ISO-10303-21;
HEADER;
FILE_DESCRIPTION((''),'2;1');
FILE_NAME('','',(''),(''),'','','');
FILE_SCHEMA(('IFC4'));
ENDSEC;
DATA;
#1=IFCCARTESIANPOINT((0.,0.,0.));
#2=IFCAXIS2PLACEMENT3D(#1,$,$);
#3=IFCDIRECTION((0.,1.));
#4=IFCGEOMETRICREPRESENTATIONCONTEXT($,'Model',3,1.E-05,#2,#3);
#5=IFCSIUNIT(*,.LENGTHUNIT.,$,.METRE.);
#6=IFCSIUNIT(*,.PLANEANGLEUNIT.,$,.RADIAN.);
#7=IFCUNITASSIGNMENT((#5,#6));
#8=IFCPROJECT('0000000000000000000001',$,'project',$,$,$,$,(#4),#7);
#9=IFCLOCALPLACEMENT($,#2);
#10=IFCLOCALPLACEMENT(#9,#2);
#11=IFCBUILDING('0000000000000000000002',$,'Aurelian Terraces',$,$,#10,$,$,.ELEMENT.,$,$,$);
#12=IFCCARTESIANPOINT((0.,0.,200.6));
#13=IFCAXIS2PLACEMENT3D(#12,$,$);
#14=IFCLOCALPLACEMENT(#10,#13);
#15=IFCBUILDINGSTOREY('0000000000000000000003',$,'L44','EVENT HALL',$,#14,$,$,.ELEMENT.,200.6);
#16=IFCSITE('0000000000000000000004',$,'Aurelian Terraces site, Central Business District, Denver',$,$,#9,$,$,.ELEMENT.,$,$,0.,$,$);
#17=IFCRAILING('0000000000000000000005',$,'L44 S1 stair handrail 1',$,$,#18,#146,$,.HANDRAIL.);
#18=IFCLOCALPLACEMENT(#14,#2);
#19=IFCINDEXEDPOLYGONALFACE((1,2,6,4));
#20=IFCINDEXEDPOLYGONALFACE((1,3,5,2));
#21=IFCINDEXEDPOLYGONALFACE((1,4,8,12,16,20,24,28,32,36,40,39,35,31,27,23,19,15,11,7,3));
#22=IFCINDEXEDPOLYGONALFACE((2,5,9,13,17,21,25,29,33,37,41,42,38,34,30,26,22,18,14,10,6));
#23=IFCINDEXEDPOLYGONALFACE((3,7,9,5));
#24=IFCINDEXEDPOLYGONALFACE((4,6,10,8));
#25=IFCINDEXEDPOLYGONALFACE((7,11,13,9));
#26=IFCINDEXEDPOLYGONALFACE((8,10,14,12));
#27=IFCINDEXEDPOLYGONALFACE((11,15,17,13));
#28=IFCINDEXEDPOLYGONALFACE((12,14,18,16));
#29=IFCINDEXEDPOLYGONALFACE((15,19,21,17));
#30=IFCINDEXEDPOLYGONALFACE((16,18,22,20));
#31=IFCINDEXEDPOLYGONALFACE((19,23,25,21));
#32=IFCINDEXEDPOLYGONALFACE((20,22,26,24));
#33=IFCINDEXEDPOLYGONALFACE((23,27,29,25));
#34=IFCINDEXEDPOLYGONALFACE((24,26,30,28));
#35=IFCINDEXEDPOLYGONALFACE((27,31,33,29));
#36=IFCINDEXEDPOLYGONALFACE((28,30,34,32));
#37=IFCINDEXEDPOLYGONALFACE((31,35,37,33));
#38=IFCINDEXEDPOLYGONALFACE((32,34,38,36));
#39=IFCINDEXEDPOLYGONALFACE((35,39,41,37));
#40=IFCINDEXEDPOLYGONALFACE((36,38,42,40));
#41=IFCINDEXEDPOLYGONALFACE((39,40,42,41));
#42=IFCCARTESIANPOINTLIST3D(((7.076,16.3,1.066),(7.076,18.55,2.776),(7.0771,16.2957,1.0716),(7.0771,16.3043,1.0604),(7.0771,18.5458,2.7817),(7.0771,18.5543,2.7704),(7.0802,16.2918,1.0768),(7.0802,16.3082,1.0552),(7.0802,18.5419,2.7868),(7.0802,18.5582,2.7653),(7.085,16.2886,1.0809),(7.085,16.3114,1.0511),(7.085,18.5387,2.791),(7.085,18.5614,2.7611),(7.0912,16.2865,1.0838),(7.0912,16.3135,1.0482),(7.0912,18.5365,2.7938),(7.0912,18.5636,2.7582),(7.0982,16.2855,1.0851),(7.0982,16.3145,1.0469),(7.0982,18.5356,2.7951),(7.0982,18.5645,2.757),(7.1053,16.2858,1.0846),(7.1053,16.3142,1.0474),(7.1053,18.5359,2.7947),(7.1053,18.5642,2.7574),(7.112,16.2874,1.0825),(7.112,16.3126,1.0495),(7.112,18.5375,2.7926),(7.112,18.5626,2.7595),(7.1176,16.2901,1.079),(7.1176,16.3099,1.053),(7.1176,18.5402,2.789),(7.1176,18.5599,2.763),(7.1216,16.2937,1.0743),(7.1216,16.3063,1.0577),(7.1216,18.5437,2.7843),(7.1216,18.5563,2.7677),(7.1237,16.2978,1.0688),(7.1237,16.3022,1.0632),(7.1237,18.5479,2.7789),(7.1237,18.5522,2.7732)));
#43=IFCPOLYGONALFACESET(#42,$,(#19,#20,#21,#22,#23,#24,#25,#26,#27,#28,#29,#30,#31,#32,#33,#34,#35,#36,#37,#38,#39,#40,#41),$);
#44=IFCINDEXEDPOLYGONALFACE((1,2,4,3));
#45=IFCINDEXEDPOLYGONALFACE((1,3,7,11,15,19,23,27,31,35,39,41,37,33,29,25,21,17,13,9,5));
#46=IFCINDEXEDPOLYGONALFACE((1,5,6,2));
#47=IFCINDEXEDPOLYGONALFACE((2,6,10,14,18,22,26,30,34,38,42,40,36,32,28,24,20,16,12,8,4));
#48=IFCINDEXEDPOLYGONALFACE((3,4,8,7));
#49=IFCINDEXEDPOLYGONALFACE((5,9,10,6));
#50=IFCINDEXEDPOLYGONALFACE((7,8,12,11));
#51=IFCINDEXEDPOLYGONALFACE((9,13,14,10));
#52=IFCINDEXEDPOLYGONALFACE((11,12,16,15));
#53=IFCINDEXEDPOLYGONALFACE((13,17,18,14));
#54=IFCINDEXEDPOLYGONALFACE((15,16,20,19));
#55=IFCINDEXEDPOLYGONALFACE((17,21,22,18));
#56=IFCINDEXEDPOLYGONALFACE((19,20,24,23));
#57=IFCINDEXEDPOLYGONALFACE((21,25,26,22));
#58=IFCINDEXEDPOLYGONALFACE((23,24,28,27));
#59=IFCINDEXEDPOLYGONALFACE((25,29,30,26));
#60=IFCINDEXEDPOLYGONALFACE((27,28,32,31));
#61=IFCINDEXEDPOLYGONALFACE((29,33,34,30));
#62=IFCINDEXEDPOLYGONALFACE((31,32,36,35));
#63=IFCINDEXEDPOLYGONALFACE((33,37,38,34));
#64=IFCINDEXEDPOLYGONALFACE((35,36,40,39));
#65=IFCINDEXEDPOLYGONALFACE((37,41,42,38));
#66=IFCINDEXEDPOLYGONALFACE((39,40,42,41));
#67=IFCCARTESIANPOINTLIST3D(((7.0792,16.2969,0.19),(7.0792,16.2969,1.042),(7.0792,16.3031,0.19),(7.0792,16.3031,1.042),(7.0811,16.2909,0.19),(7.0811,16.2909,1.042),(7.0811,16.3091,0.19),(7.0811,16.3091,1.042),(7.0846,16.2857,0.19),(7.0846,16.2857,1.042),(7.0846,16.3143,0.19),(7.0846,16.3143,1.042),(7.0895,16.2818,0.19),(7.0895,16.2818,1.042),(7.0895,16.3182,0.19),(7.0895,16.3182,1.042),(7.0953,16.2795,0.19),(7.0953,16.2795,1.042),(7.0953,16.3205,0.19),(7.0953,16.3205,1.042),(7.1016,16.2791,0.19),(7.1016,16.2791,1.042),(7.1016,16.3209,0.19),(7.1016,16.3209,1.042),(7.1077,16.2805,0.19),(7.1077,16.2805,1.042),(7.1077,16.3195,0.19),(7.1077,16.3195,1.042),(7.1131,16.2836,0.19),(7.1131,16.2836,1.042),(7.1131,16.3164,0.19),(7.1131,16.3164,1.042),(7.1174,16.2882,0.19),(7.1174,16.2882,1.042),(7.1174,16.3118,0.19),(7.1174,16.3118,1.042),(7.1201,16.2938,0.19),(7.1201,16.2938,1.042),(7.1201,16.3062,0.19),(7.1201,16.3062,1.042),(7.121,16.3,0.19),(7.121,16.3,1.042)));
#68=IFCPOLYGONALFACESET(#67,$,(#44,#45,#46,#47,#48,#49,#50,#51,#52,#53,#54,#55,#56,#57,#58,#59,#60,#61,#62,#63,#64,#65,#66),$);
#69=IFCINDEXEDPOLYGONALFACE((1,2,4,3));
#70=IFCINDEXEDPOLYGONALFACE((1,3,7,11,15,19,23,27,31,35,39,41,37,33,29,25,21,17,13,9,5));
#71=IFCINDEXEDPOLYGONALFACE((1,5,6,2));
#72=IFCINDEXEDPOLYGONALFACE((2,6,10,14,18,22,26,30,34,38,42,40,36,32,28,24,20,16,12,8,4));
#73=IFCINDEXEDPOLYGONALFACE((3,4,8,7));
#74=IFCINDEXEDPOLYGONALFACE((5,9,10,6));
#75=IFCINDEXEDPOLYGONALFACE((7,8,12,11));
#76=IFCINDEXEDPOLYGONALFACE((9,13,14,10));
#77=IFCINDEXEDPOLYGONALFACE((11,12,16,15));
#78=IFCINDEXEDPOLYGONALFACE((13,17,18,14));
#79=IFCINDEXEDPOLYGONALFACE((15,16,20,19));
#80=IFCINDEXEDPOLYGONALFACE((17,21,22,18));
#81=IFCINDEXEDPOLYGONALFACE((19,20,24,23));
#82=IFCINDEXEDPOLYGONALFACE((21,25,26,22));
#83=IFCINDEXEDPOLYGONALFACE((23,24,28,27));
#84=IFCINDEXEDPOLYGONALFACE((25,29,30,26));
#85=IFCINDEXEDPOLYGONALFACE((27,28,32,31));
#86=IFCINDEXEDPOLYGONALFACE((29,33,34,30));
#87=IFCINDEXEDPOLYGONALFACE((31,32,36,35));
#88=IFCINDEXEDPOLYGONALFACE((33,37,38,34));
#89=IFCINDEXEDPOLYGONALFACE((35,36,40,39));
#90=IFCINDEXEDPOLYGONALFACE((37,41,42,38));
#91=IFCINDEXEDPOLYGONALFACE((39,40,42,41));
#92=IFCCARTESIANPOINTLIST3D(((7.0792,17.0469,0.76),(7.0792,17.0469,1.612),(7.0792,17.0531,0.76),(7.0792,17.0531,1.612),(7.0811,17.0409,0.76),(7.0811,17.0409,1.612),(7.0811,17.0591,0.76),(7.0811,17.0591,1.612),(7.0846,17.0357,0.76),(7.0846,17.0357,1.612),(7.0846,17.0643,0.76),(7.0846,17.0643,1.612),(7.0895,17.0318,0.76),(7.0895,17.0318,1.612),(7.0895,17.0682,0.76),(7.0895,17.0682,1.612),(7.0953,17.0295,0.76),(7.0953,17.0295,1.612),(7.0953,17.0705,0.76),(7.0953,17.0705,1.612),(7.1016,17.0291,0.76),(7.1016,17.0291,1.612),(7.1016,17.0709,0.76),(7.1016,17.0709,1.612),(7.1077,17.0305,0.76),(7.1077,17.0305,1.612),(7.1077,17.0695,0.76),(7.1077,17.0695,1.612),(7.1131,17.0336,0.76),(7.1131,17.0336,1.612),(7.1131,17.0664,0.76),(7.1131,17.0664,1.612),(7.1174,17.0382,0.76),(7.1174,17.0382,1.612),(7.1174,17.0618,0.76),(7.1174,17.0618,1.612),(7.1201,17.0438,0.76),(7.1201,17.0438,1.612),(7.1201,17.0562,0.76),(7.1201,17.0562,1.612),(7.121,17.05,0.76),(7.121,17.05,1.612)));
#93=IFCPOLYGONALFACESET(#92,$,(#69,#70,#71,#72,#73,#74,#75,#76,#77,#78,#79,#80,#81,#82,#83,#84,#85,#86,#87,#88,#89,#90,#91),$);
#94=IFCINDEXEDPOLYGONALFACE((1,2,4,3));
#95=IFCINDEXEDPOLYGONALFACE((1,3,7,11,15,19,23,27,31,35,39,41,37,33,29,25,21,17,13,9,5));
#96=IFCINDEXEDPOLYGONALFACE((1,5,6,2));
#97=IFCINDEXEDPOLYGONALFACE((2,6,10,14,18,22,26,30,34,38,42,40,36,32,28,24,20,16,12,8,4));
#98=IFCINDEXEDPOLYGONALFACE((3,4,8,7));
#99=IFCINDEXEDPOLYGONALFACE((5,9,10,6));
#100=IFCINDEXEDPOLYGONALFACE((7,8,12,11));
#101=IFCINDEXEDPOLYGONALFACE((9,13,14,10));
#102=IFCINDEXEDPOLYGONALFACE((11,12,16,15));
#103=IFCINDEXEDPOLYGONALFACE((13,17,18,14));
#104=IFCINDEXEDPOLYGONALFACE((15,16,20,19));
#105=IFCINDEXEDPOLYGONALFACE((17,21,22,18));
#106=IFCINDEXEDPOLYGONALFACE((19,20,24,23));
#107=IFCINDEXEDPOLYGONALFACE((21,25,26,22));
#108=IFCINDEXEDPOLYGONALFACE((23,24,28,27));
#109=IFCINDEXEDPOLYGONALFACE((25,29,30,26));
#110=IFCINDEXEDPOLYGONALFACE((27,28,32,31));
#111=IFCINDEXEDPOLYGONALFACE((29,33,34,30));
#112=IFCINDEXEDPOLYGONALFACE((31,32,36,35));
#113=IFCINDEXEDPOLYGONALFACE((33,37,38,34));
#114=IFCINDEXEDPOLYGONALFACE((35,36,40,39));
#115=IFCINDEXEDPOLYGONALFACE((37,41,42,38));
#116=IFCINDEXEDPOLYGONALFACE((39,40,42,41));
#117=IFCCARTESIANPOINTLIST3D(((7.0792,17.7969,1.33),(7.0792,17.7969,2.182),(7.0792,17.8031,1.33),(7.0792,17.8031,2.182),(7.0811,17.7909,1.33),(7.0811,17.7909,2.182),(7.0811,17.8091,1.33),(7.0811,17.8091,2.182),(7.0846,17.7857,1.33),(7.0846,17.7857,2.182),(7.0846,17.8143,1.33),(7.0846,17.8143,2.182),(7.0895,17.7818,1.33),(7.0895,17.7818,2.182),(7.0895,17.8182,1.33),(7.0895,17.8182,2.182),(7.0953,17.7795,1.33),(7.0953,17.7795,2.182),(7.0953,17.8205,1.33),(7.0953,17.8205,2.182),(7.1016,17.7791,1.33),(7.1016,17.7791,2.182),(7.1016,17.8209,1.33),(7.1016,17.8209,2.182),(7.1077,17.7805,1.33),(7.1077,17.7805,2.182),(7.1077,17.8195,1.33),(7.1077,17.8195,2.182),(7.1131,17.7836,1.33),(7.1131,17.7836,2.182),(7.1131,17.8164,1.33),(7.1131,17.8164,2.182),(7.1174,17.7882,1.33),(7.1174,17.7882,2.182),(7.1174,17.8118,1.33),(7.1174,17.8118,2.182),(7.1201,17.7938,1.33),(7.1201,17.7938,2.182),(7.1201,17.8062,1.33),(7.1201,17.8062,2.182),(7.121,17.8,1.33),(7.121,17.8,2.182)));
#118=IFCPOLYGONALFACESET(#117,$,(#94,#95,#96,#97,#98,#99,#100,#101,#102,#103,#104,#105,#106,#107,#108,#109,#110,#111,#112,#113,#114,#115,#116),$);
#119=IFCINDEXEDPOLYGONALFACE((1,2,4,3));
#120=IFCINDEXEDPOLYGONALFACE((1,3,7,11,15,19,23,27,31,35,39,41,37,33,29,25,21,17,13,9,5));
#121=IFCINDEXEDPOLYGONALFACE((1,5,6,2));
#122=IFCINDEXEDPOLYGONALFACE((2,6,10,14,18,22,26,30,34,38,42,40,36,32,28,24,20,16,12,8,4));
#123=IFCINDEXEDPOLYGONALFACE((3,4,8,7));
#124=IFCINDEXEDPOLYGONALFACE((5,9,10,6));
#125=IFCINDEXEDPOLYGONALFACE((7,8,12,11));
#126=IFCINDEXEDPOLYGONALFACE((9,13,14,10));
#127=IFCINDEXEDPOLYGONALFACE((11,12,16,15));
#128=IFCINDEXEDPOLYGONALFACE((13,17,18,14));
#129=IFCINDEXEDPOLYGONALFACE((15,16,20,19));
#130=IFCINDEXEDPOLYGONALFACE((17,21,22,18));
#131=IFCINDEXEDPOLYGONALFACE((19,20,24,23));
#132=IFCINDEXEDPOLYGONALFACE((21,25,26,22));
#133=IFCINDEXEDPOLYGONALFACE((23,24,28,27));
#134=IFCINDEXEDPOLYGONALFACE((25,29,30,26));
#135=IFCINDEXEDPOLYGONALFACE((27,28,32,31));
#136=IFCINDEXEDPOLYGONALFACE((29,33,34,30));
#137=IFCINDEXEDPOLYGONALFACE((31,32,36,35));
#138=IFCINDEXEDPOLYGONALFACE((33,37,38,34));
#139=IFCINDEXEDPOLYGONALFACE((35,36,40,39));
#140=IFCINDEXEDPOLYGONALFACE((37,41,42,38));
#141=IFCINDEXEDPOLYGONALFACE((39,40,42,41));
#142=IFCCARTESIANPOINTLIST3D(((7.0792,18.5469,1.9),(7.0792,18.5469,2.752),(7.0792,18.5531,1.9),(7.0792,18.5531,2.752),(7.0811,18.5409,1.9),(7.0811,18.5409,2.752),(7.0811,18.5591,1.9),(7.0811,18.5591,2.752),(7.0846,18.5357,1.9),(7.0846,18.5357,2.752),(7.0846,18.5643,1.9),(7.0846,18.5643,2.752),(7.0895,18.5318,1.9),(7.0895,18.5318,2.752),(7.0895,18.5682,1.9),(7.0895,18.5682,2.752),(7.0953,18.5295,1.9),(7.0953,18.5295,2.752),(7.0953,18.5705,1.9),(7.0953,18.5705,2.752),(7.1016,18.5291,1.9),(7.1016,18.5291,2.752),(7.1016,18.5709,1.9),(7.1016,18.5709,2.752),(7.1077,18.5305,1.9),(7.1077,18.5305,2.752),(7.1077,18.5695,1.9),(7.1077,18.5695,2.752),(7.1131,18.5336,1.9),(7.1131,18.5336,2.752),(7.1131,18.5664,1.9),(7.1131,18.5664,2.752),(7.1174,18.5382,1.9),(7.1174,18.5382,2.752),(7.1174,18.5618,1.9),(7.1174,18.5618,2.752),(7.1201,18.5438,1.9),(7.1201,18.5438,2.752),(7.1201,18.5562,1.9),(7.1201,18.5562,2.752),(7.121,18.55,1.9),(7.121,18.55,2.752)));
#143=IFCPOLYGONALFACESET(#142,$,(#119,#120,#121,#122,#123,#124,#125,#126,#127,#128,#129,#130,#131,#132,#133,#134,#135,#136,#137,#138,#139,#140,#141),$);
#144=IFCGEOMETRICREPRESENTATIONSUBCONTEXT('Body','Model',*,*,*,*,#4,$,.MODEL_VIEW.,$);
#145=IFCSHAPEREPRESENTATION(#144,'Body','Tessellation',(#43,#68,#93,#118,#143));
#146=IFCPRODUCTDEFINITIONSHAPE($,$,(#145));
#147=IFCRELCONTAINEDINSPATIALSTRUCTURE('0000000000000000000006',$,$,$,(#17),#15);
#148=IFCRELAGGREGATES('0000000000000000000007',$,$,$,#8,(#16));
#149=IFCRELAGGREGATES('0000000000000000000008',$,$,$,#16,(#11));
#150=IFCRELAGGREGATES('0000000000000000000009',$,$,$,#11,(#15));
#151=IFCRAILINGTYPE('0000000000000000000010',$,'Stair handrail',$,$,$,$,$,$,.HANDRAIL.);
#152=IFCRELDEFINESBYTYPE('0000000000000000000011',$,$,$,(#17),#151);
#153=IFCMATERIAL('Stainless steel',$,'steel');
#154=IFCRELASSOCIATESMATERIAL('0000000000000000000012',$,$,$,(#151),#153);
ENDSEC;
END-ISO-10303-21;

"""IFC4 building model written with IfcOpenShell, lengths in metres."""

from ifc_helpers import new_model, si_unit, direction, frame, origin, origin_2d, place, context, subcontext, project, spatial, circle, extrude, source, transform, mapped, material, type_object, element, save


model = new_model("IFC4")

# Units and contexts
model_context = context("Model", 3, precision=1e-05, world=origin(), true_north=direction((0.0, 1.0)))
body_context = subcontext(model_context, "Body", "Model", "MODEL_VIEW")
ifc_project = project(units=[si_unit("LENGTHUNIT", "METRE"), si_unit("PLANEANGLEUNIT", "RADIAN")], contexts=[model_context])

# Site, building, storey
site_placement = place(None, origin())
site = spatial("IfcSite", under=ifc_project, at=site_placement, Name="Aurelian Terraces site, Central Business District, Denver", CompositionType="ELEMENT", RefElevation=0.0)
building_placement = place(site_placement, origin())
building = spatial("IfcBuilding", under=site, at=building_placement, Name="Aurelian Terraces", CompositionType="ELEMENT")
storey_placement = place(building_placement, frame((0.0, 0.0, 200.6)))
storey = spatial("IfcBuildingStorey", under=building, at=storey_placement, Name="L44", Description="EVENT HALL", CompositionType="ELEMENT", Elevation=200.6)

# Shared definitions
ifc_material_1 = material(Name="Stainless steel", Category="steel")

# Railing
railing_type_1 = type_object("IfcRailingType", Name="Stair handrail", PredefinedType="HANDRAIL", material=ifc_material_1)
shared_shape_1 = source(origin(), body_context, "Body", "SweptSolid", [
    extrude(circle(Radius=0.024, at=origin_2d()), frame((0.0, 0.0, 0.876), z_axis=(0.0, 0.796162, 0.605083), x_axis=(-1.0, 0.0, 0.0)), (0.0, 0.0, 1.0), 2.8261),
    extrude(circle(Radius=0.021, at=origin_2d()), origin(), (0.0, 0.0, 1.0), 0.852),
    extrude(circle(Radius=0.021, at=origin_2d()), frame((0.0, 0.75, 0.57)), (0.0, 0.0, 1.0), 0.852),
    extrude(circle(Radius=0.021, at=origin_2d()), frame((0.0, 1.5, 1.14)), (0.0, 0.0, 1.0), 0.852),
    extrude(circle(Radius=0.021, at=origin_2d()), frame((0.0, 2.25, 1.71)), (0.0, 0.0, 1.0), 0.852),
])
railing_1_placement = place(storey_placement, frame((7.1, 16.3, 0.19)))
element("IfcRailing", 1, at=railing_1_placement, inside=storey, type_object=railing_type_1, Name="L44 S1 stair handrail 1", PredefinedType="HANDRAIL", context=body_context, shape_type="MappedRepresentation", body=[
    mapped(shared_shape_1, transform((0.0, 0.0, 0.0), scale=1.0)),
])

save(model, "model.ifc")
